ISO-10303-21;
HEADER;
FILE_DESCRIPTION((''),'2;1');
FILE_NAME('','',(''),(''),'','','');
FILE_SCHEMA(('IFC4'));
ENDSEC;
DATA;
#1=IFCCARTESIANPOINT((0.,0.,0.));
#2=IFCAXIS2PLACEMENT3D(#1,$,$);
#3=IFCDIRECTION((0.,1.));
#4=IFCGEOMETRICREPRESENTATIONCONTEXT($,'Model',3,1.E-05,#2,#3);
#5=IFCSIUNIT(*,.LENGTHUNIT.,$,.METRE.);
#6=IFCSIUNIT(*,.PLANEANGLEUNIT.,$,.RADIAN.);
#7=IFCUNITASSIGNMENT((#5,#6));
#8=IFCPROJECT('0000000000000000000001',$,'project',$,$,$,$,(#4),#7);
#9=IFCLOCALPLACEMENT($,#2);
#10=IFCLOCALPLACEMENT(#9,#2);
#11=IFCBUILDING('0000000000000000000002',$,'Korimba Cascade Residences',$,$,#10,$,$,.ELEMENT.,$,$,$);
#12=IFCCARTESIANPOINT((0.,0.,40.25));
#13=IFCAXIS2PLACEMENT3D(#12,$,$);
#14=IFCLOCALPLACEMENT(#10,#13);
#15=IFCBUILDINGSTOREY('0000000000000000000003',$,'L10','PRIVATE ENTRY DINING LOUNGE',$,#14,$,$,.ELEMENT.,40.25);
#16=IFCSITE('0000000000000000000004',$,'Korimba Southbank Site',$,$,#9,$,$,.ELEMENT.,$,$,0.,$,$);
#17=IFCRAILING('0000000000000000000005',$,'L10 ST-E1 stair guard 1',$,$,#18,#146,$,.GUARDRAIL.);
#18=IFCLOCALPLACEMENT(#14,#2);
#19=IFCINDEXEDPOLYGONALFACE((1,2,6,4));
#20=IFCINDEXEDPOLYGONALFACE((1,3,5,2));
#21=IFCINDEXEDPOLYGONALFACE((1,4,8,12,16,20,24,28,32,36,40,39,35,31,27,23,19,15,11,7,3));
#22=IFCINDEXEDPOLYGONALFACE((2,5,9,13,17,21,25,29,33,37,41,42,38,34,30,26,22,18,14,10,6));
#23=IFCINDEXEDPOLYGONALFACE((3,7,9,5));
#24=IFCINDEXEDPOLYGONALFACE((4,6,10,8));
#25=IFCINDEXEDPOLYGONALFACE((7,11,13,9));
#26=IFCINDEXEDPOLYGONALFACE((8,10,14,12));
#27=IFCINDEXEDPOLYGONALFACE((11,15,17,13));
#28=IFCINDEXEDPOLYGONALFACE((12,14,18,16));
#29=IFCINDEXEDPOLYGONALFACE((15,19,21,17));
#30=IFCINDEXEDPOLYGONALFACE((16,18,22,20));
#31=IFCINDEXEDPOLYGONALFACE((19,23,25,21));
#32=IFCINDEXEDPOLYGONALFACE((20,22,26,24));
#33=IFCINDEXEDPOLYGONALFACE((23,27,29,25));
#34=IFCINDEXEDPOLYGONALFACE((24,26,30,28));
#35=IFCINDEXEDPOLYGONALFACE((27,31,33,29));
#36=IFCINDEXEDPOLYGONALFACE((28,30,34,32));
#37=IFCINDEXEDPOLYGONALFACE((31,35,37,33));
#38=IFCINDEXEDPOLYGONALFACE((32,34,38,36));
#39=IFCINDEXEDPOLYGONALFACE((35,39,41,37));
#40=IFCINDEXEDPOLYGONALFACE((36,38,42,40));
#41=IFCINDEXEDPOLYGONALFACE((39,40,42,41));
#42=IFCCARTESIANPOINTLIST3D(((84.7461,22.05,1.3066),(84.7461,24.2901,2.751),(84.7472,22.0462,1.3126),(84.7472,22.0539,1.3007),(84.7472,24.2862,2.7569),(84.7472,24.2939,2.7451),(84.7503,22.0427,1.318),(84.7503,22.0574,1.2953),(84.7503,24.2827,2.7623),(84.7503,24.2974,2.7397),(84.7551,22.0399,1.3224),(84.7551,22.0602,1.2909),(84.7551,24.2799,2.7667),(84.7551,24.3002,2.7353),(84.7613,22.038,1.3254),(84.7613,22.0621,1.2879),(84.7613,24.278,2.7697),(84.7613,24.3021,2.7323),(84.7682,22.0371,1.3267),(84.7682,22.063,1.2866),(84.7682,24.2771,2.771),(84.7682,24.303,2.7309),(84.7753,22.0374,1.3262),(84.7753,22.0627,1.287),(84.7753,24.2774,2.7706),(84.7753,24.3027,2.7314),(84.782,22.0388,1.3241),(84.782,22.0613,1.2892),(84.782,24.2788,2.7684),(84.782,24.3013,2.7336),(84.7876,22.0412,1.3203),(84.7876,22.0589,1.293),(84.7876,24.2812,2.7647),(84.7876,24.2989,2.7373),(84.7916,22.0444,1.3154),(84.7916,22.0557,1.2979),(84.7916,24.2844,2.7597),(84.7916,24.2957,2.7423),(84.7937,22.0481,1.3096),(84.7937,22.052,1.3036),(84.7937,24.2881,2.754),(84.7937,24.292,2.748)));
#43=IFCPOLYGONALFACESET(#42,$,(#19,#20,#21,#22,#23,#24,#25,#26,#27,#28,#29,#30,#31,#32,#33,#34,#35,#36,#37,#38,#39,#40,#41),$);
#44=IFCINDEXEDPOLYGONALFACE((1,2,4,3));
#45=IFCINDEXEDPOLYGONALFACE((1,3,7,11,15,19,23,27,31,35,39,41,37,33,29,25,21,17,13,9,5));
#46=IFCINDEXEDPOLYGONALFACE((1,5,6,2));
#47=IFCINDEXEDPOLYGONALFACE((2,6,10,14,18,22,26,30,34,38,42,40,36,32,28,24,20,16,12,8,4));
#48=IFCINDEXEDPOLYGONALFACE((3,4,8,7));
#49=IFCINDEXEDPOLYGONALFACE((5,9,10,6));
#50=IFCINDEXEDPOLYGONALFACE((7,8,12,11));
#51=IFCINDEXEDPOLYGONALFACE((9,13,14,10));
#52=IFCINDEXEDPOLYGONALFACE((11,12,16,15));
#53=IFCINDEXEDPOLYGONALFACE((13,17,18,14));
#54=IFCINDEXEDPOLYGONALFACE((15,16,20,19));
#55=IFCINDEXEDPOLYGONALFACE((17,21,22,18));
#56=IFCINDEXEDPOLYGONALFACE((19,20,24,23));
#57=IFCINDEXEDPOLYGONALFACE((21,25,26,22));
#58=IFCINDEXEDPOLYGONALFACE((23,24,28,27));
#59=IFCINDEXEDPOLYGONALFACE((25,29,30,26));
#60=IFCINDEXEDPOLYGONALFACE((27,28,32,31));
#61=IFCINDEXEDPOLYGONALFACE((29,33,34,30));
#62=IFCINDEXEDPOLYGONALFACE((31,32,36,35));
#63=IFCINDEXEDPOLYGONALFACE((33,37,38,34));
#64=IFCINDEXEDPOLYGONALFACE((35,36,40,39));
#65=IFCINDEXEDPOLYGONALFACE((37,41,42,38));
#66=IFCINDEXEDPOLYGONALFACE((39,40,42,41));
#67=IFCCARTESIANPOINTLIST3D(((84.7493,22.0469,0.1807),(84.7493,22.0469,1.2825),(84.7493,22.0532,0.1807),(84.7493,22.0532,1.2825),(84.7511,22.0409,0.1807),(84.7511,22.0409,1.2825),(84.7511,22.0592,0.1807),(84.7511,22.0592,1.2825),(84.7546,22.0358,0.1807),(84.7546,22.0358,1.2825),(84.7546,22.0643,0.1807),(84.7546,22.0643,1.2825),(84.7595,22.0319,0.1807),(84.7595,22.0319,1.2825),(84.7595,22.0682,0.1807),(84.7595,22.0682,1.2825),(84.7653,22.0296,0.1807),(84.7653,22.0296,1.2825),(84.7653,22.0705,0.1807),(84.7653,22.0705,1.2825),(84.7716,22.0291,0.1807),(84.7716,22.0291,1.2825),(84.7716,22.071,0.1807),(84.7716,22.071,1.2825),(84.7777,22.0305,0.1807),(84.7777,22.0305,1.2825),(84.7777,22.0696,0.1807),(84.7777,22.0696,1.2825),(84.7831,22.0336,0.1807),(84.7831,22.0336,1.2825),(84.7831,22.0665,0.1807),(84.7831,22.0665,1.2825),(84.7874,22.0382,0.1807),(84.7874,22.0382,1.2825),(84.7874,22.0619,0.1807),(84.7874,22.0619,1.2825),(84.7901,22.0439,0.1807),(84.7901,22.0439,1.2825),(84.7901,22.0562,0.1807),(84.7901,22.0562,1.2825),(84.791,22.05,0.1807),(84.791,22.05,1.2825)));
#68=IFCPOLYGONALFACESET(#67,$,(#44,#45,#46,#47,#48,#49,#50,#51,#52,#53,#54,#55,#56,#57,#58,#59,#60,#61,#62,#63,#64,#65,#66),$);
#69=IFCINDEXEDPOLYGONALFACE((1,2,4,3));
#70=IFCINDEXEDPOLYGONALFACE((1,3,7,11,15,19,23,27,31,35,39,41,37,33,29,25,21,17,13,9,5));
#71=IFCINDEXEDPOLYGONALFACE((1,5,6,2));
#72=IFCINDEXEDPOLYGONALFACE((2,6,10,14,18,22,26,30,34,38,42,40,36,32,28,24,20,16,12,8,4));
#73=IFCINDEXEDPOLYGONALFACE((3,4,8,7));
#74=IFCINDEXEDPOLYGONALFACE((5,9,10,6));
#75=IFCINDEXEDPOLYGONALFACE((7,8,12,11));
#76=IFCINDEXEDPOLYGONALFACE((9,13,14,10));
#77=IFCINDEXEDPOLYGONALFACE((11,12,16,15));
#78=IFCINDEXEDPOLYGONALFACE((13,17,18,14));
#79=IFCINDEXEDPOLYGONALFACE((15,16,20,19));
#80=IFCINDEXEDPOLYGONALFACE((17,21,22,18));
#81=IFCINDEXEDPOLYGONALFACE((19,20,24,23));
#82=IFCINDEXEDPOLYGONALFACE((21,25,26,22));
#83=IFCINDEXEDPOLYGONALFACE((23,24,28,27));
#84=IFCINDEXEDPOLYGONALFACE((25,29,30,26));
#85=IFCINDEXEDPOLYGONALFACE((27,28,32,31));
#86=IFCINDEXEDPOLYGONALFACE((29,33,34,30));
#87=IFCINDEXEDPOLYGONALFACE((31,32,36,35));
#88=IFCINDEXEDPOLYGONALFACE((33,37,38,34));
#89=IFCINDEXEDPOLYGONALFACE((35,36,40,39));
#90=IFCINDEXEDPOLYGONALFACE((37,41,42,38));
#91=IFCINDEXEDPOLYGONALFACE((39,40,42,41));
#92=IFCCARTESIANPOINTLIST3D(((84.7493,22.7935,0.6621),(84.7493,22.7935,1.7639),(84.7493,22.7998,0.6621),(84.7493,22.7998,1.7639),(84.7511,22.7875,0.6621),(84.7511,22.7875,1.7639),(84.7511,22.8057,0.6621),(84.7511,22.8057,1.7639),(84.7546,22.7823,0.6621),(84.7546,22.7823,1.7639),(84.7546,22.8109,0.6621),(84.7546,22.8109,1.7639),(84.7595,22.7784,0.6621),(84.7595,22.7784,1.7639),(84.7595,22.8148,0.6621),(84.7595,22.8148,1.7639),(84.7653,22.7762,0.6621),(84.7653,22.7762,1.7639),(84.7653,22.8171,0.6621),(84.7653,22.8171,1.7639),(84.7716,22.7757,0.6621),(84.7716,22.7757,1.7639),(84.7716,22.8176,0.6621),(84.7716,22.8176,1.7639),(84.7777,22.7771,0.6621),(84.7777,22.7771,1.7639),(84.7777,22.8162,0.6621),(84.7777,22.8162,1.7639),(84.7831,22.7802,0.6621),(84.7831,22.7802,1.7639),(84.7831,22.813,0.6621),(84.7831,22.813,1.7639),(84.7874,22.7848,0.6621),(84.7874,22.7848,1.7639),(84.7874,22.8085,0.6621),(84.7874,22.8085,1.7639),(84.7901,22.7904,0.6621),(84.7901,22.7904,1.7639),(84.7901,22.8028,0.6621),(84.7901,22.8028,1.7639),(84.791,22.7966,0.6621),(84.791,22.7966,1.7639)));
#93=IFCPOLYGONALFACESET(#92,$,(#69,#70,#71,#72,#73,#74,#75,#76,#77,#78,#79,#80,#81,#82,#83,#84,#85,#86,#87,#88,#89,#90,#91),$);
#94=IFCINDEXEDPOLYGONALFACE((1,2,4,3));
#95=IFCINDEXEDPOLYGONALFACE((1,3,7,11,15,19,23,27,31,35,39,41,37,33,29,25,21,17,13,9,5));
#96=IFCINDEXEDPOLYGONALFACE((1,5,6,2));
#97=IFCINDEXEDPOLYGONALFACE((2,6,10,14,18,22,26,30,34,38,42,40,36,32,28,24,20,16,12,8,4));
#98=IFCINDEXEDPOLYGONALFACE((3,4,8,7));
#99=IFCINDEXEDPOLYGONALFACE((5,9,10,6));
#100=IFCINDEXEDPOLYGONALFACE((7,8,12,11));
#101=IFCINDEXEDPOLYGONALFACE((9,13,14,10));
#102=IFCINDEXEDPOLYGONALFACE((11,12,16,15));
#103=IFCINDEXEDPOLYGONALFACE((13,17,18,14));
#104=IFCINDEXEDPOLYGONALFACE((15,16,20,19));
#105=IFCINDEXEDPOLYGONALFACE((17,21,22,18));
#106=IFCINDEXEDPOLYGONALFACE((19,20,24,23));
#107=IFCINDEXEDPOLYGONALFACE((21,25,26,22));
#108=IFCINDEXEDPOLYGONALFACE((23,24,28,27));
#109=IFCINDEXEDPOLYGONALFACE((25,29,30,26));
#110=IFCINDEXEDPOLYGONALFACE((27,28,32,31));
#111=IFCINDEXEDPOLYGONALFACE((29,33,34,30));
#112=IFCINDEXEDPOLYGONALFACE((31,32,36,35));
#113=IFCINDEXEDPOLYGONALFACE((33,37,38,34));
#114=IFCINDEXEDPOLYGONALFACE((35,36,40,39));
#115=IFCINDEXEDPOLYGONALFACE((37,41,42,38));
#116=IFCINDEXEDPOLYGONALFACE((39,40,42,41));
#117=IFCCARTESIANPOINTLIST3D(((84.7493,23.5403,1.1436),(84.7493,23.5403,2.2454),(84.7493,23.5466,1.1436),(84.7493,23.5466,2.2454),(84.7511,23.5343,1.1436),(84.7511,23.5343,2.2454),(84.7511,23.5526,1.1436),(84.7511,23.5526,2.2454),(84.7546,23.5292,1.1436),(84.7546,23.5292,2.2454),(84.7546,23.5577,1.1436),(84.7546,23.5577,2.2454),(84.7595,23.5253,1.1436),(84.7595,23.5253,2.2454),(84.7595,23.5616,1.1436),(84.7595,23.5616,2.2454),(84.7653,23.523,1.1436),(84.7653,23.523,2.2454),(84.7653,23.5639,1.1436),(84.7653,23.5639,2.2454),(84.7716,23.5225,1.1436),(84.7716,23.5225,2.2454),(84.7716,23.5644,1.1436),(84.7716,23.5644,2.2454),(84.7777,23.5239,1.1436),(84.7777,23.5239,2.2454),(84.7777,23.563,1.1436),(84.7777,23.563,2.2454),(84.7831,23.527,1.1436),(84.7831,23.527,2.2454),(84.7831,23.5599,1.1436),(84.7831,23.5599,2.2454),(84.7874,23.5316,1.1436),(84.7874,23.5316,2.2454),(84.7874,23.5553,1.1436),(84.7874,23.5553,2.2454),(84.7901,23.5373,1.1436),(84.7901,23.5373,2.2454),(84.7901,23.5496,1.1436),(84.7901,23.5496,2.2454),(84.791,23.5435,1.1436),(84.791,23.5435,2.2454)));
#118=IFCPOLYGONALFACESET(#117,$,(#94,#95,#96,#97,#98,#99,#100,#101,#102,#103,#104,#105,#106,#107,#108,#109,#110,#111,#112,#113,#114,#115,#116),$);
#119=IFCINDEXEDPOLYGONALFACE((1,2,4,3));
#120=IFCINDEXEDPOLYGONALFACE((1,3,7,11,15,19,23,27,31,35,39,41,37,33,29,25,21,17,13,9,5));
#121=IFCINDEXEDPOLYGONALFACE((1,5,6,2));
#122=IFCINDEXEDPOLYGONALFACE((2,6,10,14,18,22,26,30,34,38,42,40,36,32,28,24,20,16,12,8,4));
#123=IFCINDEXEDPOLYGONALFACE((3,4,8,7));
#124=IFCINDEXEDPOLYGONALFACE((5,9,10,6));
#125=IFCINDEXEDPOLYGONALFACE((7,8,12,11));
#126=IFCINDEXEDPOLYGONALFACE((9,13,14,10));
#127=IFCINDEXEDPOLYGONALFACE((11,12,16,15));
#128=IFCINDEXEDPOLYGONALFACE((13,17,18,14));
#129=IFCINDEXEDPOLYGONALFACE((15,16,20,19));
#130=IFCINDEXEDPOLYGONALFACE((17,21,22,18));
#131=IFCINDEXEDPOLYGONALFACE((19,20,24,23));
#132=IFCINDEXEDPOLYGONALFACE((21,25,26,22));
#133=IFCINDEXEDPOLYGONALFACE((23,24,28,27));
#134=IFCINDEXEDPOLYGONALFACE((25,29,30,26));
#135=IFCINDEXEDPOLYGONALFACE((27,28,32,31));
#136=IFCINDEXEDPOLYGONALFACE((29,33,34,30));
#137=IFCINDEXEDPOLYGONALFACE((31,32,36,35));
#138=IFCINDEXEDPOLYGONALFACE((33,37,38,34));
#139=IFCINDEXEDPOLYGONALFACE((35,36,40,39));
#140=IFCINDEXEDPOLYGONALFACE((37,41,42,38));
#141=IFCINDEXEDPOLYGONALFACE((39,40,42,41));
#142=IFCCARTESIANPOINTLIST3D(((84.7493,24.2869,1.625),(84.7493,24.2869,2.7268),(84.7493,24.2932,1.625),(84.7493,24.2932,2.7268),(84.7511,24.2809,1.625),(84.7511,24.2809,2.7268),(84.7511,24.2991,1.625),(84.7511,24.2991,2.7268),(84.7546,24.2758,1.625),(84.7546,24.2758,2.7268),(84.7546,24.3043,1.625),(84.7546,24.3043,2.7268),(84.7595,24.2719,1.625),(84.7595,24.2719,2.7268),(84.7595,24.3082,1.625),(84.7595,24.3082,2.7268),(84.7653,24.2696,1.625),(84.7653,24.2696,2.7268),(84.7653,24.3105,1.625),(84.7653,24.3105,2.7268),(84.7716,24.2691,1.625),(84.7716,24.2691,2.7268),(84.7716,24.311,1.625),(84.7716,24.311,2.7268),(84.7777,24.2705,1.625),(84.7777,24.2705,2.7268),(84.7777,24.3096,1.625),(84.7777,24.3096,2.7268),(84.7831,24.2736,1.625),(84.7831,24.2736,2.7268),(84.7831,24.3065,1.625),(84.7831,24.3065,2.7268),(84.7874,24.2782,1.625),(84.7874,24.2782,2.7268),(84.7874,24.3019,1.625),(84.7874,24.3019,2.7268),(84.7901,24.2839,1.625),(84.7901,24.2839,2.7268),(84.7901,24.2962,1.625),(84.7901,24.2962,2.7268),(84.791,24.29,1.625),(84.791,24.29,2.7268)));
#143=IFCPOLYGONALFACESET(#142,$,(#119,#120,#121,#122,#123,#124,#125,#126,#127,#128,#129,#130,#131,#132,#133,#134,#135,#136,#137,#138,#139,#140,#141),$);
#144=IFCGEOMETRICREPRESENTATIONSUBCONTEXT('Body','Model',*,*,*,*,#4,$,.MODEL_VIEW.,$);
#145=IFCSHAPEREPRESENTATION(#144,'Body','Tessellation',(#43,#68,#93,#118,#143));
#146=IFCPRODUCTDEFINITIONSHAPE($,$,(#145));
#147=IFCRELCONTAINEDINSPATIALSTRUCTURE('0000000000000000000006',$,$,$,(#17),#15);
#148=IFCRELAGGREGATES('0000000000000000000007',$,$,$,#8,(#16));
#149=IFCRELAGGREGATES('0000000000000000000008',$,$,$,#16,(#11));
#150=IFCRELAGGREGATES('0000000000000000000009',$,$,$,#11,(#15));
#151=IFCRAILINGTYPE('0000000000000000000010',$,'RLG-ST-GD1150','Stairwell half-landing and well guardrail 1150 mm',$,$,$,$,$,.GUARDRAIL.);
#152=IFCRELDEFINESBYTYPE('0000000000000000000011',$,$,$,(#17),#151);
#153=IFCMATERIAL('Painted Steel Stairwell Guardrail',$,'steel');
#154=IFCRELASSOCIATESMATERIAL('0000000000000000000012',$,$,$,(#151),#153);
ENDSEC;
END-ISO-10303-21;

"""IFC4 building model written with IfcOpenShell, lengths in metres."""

from ifc_helpers import new_model, si_unit, direction, frame, origin, origin_2d, place, context, subcontext, project, spatial, circle, extrude, material, type_object, element, save


model = new_model("IFC4")

# Units and contexts
model_context = context("Model", 3, precision=1e-05, world=origin(), true_north=direction((0.0, 1.0)))
body_context = subcontext(model_context, "Body", "Model", "MODEL_VIEW")
ifc_project = project(units=[si_unit("LENGTHUNIT", "METRE"), si_unit("PLANEANGLEUNIT", "RADIAN")], contexts=[model_context])

# Site, building, storey
site_placement = place(None, origin())
site = spatial("IfcSite", under=ifc_project, at=site_placement, Name="Korimba Southbank Site", CompositionType="ELEMENT", RefElevation=0.0)
building_placement = place(site_placement, origin())
building = spatial("IfcBuilding", under=site, at=building_placement, Name="Korimba Cascade Residences", CompositionType="ELEMENT")
storey_placement = place(building_placement, frame((0.0, 0.0, 40.25)))
storey = spatial("IfcBuildingStorey", under=building, at=storey_placement, Name="L10", Description="PRIVATE ENTRY DINING LOUNGE", CompositionType="ELEMENT", Elevation=40.25)

# Railing
ifc_material_1 = material(Name="Painted Steel Stairwell Guardrail", Category="steel")
railing_type_1 = type_object("IfcRailingType", Name="RLG-ST-GD1150", Description="Stairwell half-landing and well guardrail 1150 mm", PredefinedType="GUARDRAIL", material=ifc_material_1)
railing_1_placement = place(storey_placement, frame((84.77, 22.05, 0.1807)))
element("IfcRailing", 1, at=railing_1_placement, inside=storey, type_object=railing_type_1, Name="L10 ST-E1 stair guard 1", PredefinedType="GUARDRAIL", context=body_context, shape_type="SweptSolid", body=[
    extrude(circle(Radius=0.0239, at=origin_2d()), frame((0.0, 0.0, 1.126), z_axis=(0.0, 0.840437, 0.54191), x_axis=(-1.0, 0.0, 0.0)), (0.0, 0.0, 1.0), 2.6653),
    extrude(circle(Radius=0.021, at=origin_2d()), origin(), (0.0, 0.0, 1.0), 1.1018),
    extrude(circle(Radius=0.021, at=origin_2d()), frame((0.0, 0.7466, 0.4814)), (0.0, 0.0, 1.0), 1.1018),
    extrude(circle(Radius=0.021, at=origin_2d()), frame((0.0, 1.4934, 0.9629)), (0.0, 0.0, 1.0), 1.1018),
    extrude(circle(Radius=0.021, at=origin_2d()), frame((0.0, 2.24, 1.4443)), (0.0, 0.0, 1.0), 1.1018),
])

save(model, "model.ifc")
